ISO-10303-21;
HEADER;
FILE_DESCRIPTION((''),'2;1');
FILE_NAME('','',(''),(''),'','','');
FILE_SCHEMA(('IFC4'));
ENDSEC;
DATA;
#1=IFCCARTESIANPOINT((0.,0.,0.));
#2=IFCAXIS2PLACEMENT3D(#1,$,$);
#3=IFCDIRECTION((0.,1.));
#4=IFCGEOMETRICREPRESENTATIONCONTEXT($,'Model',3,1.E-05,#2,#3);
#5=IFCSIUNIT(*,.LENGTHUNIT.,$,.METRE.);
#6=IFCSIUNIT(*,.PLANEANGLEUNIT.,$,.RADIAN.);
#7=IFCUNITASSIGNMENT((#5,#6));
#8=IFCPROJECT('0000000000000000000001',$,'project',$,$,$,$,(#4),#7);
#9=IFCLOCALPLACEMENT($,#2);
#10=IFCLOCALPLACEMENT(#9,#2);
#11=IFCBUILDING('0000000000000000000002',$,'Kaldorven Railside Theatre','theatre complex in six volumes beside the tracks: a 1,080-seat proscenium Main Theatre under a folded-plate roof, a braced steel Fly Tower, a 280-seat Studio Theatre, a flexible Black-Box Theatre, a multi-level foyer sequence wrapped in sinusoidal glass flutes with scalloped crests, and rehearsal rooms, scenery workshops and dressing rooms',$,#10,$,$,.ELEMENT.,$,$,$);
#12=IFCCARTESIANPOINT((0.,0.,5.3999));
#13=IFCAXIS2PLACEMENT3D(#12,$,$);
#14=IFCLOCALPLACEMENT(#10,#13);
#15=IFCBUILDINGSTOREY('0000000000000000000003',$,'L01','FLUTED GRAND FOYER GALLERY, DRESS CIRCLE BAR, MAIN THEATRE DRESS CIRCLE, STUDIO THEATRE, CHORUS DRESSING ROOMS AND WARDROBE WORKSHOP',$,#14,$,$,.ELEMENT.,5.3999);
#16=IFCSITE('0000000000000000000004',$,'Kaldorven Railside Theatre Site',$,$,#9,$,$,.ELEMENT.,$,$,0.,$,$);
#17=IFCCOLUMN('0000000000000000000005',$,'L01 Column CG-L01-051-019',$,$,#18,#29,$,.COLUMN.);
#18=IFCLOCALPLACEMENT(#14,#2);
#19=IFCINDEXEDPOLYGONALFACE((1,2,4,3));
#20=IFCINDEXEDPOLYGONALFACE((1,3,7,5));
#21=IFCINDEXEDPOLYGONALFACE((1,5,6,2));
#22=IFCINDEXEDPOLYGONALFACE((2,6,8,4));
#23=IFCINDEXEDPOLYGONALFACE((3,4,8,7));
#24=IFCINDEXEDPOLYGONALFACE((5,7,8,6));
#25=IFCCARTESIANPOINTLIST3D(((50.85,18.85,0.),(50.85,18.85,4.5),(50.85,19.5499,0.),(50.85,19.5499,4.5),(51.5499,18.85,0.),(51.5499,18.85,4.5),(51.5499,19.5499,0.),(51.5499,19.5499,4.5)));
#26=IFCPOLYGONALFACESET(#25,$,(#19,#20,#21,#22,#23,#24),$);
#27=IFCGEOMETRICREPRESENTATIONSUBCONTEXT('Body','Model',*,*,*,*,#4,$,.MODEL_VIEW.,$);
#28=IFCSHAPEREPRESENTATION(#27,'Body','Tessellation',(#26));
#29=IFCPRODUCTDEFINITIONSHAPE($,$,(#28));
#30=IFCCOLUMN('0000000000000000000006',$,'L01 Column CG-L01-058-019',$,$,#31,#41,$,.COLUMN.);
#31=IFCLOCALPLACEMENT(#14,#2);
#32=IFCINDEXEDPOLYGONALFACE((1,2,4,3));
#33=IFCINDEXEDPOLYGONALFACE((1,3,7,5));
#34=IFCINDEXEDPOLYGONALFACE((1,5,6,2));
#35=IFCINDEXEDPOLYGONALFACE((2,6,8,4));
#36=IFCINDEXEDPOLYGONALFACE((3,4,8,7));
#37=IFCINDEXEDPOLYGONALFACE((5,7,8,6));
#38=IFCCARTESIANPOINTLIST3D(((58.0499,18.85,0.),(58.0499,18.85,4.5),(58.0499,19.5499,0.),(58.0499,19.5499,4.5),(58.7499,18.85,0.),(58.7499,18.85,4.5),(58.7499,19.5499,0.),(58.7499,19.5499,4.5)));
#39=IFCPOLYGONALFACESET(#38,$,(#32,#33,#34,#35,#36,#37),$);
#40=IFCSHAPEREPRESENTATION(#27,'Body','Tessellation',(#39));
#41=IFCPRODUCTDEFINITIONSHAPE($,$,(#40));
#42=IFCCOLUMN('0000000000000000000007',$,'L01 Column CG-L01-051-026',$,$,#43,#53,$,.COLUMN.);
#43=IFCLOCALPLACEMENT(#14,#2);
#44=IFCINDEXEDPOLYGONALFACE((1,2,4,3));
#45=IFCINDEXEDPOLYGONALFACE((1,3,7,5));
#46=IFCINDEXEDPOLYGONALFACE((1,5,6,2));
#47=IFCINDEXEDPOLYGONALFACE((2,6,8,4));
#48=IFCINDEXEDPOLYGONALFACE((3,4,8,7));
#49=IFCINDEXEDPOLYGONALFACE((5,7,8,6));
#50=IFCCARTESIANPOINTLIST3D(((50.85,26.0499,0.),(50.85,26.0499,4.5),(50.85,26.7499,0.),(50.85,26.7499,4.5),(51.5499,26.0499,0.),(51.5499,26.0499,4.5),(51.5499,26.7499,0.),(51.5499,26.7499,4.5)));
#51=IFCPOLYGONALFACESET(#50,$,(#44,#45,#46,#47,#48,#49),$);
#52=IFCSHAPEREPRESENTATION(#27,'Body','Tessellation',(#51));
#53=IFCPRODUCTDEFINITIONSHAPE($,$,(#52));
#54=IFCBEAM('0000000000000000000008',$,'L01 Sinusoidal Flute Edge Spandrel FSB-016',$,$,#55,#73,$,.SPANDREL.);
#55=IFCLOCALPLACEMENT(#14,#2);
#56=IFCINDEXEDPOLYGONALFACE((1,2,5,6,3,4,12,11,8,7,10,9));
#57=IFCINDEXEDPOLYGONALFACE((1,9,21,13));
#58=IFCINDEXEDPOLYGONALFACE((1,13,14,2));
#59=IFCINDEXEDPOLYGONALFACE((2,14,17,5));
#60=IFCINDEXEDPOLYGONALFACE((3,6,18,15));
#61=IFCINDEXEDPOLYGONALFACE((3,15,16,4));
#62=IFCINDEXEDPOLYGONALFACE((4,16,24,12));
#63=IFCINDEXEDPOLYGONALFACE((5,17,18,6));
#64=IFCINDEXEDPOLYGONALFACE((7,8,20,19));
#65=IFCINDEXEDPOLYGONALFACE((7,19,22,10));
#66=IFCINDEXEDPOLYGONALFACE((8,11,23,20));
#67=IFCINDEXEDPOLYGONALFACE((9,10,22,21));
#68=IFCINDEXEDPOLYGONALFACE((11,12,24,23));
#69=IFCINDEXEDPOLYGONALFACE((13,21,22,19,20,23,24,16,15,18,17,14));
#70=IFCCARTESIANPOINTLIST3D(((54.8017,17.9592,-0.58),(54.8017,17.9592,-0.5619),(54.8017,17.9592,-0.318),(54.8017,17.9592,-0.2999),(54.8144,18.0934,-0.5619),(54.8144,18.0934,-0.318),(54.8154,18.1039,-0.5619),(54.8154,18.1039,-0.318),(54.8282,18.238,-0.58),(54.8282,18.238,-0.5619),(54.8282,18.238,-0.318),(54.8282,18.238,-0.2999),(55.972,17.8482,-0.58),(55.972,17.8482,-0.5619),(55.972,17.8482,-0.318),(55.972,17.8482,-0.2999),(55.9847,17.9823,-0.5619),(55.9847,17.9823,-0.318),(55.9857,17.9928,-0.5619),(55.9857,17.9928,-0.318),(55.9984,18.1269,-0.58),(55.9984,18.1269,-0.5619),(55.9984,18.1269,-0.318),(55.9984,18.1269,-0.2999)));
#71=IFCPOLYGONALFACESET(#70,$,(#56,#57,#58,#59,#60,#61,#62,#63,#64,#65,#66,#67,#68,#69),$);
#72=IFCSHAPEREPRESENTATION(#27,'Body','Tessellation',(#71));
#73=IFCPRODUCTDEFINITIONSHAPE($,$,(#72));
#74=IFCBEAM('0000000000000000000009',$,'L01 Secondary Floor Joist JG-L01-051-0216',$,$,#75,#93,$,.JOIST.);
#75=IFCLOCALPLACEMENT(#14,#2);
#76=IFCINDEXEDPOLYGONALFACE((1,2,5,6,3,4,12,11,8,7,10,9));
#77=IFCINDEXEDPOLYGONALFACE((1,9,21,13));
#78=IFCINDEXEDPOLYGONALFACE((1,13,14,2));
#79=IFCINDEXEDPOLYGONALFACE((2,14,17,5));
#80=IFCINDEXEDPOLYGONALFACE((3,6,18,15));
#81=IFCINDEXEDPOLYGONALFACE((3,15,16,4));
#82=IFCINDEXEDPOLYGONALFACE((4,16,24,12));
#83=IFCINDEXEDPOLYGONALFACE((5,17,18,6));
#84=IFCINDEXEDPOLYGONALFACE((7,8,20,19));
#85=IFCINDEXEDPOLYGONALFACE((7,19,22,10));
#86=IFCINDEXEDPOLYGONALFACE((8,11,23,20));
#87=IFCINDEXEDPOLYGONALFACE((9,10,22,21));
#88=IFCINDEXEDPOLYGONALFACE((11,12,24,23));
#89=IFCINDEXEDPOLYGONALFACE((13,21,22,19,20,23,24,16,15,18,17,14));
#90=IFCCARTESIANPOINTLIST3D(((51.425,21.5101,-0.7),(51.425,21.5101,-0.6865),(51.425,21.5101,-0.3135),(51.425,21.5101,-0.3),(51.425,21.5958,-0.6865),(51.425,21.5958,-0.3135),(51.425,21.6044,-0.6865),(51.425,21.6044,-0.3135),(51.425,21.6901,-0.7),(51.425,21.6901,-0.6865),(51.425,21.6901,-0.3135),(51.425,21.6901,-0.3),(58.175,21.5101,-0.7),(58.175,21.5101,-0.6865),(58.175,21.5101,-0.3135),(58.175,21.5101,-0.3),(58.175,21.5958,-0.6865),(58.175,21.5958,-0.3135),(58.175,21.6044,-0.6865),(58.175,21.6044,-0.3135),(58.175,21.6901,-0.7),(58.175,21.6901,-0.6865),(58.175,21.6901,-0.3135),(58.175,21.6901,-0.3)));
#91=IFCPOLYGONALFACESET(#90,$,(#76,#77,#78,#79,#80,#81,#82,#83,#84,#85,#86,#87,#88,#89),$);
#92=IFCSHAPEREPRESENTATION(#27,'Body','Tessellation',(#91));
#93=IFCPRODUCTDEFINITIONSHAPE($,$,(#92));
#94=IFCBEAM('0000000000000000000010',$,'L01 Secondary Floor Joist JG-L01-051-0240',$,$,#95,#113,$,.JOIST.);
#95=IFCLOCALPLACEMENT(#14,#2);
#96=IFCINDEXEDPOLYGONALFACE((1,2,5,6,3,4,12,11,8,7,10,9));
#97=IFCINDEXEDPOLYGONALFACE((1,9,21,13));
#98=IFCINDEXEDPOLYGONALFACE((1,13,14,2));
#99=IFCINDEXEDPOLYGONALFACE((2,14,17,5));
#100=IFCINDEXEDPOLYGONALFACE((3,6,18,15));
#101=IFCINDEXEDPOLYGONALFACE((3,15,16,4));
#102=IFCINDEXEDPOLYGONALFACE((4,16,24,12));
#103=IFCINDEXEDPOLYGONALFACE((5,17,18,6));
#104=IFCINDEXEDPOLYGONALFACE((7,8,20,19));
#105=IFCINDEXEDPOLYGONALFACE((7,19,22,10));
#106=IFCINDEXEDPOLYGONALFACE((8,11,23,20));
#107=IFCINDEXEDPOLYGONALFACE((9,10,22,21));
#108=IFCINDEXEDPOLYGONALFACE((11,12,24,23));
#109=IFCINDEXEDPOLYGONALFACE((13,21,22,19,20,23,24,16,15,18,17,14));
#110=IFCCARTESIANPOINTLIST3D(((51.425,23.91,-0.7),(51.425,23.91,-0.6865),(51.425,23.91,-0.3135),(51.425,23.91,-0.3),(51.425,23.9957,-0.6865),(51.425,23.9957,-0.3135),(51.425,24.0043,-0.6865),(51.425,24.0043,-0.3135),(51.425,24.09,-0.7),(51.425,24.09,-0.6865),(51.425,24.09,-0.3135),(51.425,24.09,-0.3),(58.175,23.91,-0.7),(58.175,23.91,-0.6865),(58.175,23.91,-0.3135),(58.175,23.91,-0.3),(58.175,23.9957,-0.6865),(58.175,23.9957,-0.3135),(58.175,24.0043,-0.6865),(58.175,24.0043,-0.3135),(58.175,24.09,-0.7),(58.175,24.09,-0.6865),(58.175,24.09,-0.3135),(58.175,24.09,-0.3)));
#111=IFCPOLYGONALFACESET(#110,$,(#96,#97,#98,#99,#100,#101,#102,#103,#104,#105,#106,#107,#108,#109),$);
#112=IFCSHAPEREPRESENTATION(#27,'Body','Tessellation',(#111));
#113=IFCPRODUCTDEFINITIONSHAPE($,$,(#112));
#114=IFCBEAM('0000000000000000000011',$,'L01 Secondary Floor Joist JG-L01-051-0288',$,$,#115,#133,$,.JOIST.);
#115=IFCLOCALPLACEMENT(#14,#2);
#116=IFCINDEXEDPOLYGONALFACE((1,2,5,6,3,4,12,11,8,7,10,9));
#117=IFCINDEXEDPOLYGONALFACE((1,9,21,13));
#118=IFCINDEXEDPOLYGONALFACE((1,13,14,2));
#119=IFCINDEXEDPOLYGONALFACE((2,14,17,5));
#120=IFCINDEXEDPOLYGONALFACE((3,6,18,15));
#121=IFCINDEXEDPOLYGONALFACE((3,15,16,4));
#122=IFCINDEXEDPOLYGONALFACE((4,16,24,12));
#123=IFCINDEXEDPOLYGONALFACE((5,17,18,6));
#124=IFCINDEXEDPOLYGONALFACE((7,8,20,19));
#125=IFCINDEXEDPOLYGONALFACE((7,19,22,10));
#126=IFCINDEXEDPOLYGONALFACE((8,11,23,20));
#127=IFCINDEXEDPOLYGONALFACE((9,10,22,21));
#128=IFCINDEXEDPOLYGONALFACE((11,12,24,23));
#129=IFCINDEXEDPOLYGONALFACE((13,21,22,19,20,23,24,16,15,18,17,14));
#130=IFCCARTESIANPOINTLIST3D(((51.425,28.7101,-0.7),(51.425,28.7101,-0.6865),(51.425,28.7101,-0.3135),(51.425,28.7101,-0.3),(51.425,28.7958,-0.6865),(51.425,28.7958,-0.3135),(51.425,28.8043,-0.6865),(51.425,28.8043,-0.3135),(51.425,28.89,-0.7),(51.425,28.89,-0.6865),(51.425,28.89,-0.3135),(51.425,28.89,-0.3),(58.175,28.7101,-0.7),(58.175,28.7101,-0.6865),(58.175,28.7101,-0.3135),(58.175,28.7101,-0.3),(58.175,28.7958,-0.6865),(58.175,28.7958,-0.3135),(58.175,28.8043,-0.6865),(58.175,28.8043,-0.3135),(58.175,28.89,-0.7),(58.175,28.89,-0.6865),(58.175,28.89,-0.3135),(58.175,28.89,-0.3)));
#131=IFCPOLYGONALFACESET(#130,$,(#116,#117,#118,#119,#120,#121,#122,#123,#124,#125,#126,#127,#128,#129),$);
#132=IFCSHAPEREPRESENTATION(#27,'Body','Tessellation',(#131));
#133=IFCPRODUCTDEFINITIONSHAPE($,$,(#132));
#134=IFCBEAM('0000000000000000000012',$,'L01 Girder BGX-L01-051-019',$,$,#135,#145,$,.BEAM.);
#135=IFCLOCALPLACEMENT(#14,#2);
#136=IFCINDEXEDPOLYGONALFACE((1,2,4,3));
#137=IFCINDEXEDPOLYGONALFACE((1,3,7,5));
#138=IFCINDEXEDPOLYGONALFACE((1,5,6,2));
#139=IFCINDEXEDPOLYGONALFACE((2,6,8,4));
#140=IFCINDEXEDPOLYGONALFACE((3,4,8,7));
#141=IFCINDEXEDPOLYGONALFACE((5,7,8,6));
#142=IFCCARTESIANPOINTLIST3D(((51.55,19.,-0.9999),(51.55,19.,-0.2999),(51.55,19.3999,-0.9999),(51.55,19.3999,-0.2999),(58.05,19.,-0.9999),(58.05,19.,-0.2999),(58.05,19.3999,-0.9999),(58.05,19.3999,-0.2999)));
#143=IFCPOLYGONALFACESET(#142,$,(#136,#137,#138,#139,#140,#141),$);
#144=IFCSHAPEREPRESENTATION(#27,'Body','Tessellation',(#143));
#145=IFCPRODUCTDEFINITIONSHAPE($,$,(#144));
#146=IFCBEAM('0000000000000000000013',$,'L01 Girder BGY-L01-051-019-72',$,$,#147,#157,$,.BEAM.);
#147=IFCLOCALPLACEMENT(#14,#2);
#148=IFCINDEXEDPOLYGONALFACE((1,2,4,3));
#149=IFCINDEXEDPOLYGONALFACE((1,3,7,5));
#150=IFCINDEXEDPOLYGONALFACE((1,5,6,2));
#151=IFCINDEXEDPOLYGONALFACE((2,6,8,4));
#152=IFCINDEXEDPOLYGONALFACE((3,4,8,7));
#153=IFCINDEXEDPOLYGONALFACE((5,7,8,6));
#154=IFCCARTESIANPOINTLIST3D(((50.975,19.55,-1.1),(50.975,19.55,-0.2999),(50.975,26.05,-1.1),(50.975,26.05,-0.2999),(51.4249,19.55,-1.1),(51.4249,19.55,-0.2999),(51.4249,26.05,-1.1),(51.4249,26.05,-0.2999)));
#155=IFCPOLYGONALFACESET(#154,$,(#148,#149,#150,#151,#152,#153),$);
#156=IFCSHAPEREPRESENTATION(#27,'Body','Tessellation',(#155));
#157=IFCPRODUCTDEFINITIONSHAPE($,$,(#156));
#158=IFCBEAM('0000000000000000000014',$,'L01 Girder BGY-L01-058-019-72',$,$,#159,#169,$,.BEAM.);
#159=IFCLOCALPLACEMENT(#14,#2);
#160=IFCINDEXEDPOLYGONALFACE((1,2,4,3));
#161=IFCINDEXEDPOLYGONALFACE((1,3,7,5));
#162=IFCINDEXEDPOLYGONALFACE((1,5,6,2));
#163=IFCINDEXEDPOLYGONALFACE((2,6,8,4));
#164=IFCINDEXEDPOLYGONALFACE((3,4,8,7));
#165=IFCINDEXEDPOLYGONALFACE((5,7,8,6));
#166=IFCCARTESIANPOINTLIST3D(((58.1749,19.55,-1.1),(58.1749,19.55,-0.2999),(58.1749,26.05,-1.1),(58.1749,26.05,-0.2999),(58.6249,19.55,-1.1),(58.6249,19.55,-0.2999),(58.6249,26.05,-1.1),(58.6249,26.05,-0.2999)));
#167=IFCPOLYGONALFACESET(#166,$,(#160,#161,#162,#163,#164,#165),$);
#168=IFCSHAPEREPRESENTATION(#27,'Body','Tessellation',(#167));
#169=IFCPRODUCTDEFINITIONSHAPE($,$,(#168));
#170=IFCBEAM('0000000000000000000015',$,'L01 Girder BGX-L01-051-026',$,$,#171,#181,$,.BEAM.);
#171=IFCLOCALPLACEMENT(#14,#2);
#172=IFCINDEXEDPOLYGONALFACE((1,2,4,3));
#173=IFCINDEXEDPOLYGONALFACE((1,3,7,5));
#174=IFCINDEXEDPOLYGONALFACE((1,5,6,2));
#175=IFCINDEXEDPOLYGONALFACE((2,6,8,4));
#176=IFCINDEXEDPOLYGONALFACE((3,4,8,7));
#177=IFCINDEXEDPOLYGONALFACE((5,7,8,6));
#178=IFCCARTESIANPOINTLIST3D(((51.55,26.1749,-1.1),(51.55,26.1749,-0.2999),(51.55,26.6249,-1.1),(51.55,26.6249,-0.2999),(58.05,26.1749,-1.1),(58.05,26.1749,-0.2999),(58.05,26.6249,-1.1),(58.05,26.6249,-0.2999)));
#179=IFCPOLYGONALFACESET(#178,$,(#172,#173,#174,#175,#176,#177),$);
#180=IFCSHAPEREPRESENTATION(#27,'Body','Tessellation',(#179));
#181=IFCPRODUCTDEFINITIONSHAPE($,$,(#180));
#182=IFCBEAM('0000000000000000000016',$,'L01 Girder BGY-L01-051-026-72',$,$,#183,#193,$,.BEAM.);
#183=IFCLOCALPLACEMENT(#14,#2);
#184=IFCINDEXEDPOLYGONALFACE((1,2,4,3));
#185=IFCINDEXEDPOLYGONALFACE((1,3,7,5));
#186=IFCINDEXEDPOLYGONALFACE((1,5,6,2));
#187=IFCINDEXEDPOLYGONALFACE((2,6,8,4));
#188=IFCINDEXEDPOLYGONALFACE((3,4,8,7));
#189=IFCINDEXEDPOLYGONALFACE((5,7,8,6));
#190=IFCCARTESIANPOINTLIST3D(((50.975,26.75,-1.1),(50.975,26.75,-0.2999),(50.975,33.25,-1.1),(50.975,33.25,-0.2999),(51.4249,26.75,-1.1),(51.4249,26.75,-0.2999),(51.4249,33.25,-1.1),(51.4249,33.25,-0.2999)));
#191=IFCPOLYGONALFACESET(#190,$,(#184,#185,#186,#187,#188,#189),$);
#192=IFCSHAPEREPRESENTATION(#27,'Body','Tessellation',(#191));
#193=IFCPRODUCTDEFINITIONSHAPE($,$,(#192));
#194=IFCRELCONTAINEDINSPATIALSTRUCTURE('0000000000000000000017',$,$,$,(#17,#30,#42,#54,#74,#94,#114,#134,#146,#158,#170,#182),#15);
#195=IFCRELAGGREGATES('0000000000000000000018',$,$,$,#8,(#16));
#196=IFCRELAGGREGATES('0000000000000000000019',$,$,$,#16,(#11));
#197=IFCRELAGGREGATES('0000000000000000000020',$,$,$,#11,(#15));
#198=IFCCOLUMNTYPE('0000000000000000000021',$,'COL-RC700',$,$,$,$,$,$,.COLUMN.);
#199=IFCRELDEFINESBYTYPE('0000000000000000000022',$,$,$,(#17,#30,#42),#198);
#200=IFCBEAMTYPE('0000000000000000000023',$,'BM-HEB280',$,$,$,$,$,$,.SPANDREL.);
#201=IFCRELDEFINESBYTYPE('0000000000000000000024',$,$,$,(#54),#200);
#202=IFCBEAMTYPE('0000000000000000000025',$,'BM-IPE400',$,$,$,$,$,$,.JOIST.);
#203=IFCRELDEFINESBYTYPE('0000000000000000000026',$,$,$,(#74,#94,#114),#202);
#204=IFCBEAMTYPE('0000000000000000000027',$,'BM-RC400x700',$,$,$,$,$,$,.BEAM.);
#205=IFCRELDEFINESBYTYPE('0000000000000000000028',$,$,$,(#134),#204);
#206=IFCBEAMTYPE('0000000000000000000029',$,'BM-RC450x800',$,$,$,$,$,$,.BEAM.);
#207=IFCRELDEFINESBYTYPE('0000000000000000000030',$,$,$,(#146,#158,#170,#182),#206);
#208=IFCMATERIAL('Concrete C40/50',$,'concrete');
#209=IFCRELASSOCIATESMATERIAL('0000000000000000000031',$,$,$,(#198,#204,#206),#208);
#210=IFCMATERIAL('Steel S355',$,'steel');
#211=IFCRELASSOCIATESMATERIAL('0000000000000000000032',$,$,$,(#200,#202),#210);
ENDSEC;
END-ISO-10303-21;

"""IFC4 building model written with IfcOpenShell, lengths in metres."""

from ifc_helpers import new_model, si_unit, direction, frame, origin, origin_2d, place, context, subcontext, project, spatial, rectangle, i_section, extrude, material, material_profile, profile_set, type_object, element, save


model = new_model("IFC4")

# Units and contexts
model_context = context("Model", 3, precision=1e-05, world=origin(), true_north=direction((0.0, 1.0)))
body_context = subcontext(model_context, "Body", "Model", "MODEL_VIEW")
ifc_project = project(units=[si_unit("LENGTHUNIT", "METRE"), si_unit("PLANEANGLEUNIT", "RADIAN")], contexts=[model_context])

# Site, building, storey
site_placement = place(None, origin())
site = spatial("IfcSite", under=ifc_project, at=site_placement, Name="Kaldorven Railside Theatre Site", CompositionType="ELEMENT", RefElevation=0.0)
building_placement = place(site_placement, origin())
building = spatial("IfcBuilding", under=site, at=building_placement, Name="Kaldorven Railside Theatre", Description="theatre complex in six volumes beside the tracks: a 1,080-seat proscenium Main Theatre under a folded-plate roof, a braced steel Fly Tower, a 280-seat Studio Theatre, a flexible Black-Box Theatre, a multi-level foyer sequence wrapped in sinusoidal glass flutes with scalloped crests, and rehearsal rooms, scenery workshops and dressing rooms", CompositionType="ELEMENT")
storey_placement = place(building_placement, frame((0.0, 0.0, 5.3999)))
storey = spatial("IfcBuildingStorey", under=building, at=storey_placement, Name="L01", Description="FLUTED GRAND FOYER GALLERY, DRESS CIRCLE BAR, MAIN THEATRE DRESS CIRCLE, STUDIO THEATRE, CHORUS DRESSING ROOMS AND WARDROBE WORKSHOP", CompositionType="ELEMENT", Elevation=5.3999)

# Columns
ifc_material_1 = material(Name="Concrete C40/50", Category="concrete")
ifc_material_profile_1 = material_profile(ifc_material_1, rectangle(XDim=0.7, YDim=0.7, at=origin_2d()), Name="RC 700x700")
ifc_profile_set_1 = profile_set([ifc_material_profile_1], Name="Concrete C40/50")
column_type = type_object("IfcColumnType", Name="COL-RC700", PredefinedType="COLUMN", material=ifc_profile_set_1)
for number, where, z_axis, x_axis, name in (
    (1, (51.2, 19.2, 0.0), (0.0, 0.0, 1.0), (1.0, 0.0, 0.0), "L01 Column CG-L01-051-019"),
    (2, (58.3999, 19.2, 0.0), (0.0, 0.0, 1.0), (0.0, 1.0, 0.0), "L01 Column CG-L01-058-019"),
    (3, (51.2, 26.3999, 0.0), (0.0, 0.0, 1.0), (0.0, 1.0, 0.0), "L01 Column CG-L01-051-026"),
):
    element("IfcColumn", number, at=place(storey_placement, frame(where, z_axis=z_axis, x_axis=x_axis)), inside=storey, type_object=column_type, Name=name, PredefinedType="COLUMN", context=body_context, shape_type="SweptSolid", body=[
        extrude(rectangle(XDim=0.7, YDim=0.7, at=origin_2d()), origin(), (0.0, 0.0, 1.0), 4.5),
    ])

# Beams
ifc_material_2 = material(Name="Steel S355", Category="steel")
ifc_material_profile_2 = material_profile(ifc_material_2, i_section(OverallWidth=0.28, OverallDepth=0.28, WebThickness=0.0105, FlangeThickness=0.0181, at=origin_2d()), Name="HEB 280")
ifc_profile_set_2 = profile_set([ifc_material_profile_2], Name="Steel S355")
beam_type_1 = type_object("IfcBeamType", Name="BM-HEB280", PredefinedType="SPANDREL", material=ifc_profile_set_2)
beam_1_placement = place(storey_placement, frame((54.8149, 18.0986, -0.4399), z_axis=(0.995524, -0.094505, 0.0), x_axis=(0.094505, 0.995524, 0.0)))
element("IfcBeam", 4, at=beam_1_placement, inside=storey, type_object=beam_type_1, Name="L01 Sinusoidal Flute Edge Spandrel FSB-016", PredefinedType="SPANDREL", context=body_context, shape_type="SweptSolid", body=[
    extrude(i_section(OverallWidth=0.28, OverallDepth=0.28, WebThickness=0.0105, FlangeThickness=0.0181, at=origin_2d()), origin(), (0.0, 0.0, 1.0), 1.1755),
])
ifc_material_profile_3 = material_profile(ifc_material_2, i_section(OverallWidth=0.1799, OverallDepth=0.3999, WebThickness=0.0085, FlangeThickness=0.0134, at=origin_2d()), Name="IPE 400")
ifc_profile_set_3 = profile_set([ifc_material_profile_3], Name="Steel S355")
beam_type_2 = type_object("IfcBeamType", Name="BM-IPE400", PredefinedType="JOIST", material=ifc_profile_set_3)
for number, where, z_axis, x_axis, name in (
    (5, (51.425, 21.6001, -0.5), (1.0, 0.0, 0.0), (0.0, 1.0, 0.0), "L01 Secondary Floor Joist JG-L01-051-0216"),
    (6, (51.425, 24.0, -0.5), (1.0, 0.0, 0.0), (0.0, 1.0, 0.0), "L01 Secondary Floor Joist JG-L01-051-0240"),
    (7, (51.425, 28.8, -0.5), (1.0, 0.0, 0.0), (0.0, 1.0, 0.0), "L01 Secondary Floor Joist JG-L01-051-0288"),
):
    element("IfcBeam", number, at=place(storey_placement, frame(where, z_axis=z_axis, x_axis=x_axis)), inside=storey, type_object=beam_type_2, Name=name, PredefinedType="JOIST", context=body_context, shape_type="SweptSolid", body=[
        extrude(i_section(OverallWidth=0.1799, OverallDepth=0.3999, WebThickness=0.0085, FlangeThickness=0.0134, at=origin_2d()), origin(), (0.0, 0.0, 1.0), 6.75),
    ])
ifc_material_profile_4 = material_profile(ifc_material_1, rectangle(XDim=0.3999, YDim=0.7, at=origin_2d()), Name="RC 400x700")
ifc_profile_set_4 = profile_set([ifc_material_profile_4], Name="Concrete C40/50")
beam_type_3 = type_object("IfcBeamType", Name="BM-RC400x700", PredefinedType="BEAM", material=ifc_profile_set_4)
beam_2_placement = place(storey_placement, frame((51.55, 19.2, -0.6499), z_axis=(1.0, 0.0, 0.0), x_axis=(0.0, 1.0, 0.0)))
element("IfcBeam", 8, at=beam_2_placement, inside=storey, type_object=beam_type_3, Name="L01 Girder BGX-L01-051-019", PredefinedType="BEAM", context=body_context, shape_type="SweptSolid", body=[
    extrude(rectangle(XDim=0.3999, YDim=0.7, at=origin_2d()), origin(), (0.0, 0.0, 1.0), 6.5),
])
ifc_material_profile_5 = material_profile(ifc_material_1, rectangle(XDim=0.45, YDim=0.8, at=origin_2d()), Name="RC 450x800")
ifc_profile_set_5 = profile_set([ifc_material_profile_5], Name="Concrete C40/50")
beam_type_4 = type_object("IfcBeamType", Name="BM-RC450x800", PredefinedType="BEAM", material=ifc_profile_set_5)
for number, where, z_axis, x_axis, name in (
    (9, (51.2, 19.55, -0.7), (0.0, 1.0, 0.0), (-1.0, 0.0, 0.0), "L01 Girder BGY-L01-051-019-72"),
    (10, (58.3999, 19.55, -0.7), (0.0, 1.0, 0.0), (-1.0, 0.0, 0.0), "L01 Girder BGY-L01-058-019-72"),
    (11, (51.55, 26.3999, -0.7), (1.0, 0.0, 0.0), (0.0, 1.0, 0.0), "L01 Girder BGX-L01-051-026"),
    (12, (51.2, 26.75, -0.7), (0.0, 1.0, 0.0), (-1.0, 0.0, 0.0), "L01 Girder BGY-L01-051-026-72"),
):
    element("IfcBeam", number, at=place(storey_placement, frame(where, z_axis=z_axis, x_axis=x_axis)), inside=storey, type_object=beam_type_4, Name=name, PredefinedType="BEAM", context=body_context, shape_type="SweptSolid", body=[
        extrude(rectangle(XDim=0.45, YDim=0.8, at=origin_2d()), origin(), (0.0, 0.0, 1.0), 6.5),
    ])

save(model, "model.ifc")
